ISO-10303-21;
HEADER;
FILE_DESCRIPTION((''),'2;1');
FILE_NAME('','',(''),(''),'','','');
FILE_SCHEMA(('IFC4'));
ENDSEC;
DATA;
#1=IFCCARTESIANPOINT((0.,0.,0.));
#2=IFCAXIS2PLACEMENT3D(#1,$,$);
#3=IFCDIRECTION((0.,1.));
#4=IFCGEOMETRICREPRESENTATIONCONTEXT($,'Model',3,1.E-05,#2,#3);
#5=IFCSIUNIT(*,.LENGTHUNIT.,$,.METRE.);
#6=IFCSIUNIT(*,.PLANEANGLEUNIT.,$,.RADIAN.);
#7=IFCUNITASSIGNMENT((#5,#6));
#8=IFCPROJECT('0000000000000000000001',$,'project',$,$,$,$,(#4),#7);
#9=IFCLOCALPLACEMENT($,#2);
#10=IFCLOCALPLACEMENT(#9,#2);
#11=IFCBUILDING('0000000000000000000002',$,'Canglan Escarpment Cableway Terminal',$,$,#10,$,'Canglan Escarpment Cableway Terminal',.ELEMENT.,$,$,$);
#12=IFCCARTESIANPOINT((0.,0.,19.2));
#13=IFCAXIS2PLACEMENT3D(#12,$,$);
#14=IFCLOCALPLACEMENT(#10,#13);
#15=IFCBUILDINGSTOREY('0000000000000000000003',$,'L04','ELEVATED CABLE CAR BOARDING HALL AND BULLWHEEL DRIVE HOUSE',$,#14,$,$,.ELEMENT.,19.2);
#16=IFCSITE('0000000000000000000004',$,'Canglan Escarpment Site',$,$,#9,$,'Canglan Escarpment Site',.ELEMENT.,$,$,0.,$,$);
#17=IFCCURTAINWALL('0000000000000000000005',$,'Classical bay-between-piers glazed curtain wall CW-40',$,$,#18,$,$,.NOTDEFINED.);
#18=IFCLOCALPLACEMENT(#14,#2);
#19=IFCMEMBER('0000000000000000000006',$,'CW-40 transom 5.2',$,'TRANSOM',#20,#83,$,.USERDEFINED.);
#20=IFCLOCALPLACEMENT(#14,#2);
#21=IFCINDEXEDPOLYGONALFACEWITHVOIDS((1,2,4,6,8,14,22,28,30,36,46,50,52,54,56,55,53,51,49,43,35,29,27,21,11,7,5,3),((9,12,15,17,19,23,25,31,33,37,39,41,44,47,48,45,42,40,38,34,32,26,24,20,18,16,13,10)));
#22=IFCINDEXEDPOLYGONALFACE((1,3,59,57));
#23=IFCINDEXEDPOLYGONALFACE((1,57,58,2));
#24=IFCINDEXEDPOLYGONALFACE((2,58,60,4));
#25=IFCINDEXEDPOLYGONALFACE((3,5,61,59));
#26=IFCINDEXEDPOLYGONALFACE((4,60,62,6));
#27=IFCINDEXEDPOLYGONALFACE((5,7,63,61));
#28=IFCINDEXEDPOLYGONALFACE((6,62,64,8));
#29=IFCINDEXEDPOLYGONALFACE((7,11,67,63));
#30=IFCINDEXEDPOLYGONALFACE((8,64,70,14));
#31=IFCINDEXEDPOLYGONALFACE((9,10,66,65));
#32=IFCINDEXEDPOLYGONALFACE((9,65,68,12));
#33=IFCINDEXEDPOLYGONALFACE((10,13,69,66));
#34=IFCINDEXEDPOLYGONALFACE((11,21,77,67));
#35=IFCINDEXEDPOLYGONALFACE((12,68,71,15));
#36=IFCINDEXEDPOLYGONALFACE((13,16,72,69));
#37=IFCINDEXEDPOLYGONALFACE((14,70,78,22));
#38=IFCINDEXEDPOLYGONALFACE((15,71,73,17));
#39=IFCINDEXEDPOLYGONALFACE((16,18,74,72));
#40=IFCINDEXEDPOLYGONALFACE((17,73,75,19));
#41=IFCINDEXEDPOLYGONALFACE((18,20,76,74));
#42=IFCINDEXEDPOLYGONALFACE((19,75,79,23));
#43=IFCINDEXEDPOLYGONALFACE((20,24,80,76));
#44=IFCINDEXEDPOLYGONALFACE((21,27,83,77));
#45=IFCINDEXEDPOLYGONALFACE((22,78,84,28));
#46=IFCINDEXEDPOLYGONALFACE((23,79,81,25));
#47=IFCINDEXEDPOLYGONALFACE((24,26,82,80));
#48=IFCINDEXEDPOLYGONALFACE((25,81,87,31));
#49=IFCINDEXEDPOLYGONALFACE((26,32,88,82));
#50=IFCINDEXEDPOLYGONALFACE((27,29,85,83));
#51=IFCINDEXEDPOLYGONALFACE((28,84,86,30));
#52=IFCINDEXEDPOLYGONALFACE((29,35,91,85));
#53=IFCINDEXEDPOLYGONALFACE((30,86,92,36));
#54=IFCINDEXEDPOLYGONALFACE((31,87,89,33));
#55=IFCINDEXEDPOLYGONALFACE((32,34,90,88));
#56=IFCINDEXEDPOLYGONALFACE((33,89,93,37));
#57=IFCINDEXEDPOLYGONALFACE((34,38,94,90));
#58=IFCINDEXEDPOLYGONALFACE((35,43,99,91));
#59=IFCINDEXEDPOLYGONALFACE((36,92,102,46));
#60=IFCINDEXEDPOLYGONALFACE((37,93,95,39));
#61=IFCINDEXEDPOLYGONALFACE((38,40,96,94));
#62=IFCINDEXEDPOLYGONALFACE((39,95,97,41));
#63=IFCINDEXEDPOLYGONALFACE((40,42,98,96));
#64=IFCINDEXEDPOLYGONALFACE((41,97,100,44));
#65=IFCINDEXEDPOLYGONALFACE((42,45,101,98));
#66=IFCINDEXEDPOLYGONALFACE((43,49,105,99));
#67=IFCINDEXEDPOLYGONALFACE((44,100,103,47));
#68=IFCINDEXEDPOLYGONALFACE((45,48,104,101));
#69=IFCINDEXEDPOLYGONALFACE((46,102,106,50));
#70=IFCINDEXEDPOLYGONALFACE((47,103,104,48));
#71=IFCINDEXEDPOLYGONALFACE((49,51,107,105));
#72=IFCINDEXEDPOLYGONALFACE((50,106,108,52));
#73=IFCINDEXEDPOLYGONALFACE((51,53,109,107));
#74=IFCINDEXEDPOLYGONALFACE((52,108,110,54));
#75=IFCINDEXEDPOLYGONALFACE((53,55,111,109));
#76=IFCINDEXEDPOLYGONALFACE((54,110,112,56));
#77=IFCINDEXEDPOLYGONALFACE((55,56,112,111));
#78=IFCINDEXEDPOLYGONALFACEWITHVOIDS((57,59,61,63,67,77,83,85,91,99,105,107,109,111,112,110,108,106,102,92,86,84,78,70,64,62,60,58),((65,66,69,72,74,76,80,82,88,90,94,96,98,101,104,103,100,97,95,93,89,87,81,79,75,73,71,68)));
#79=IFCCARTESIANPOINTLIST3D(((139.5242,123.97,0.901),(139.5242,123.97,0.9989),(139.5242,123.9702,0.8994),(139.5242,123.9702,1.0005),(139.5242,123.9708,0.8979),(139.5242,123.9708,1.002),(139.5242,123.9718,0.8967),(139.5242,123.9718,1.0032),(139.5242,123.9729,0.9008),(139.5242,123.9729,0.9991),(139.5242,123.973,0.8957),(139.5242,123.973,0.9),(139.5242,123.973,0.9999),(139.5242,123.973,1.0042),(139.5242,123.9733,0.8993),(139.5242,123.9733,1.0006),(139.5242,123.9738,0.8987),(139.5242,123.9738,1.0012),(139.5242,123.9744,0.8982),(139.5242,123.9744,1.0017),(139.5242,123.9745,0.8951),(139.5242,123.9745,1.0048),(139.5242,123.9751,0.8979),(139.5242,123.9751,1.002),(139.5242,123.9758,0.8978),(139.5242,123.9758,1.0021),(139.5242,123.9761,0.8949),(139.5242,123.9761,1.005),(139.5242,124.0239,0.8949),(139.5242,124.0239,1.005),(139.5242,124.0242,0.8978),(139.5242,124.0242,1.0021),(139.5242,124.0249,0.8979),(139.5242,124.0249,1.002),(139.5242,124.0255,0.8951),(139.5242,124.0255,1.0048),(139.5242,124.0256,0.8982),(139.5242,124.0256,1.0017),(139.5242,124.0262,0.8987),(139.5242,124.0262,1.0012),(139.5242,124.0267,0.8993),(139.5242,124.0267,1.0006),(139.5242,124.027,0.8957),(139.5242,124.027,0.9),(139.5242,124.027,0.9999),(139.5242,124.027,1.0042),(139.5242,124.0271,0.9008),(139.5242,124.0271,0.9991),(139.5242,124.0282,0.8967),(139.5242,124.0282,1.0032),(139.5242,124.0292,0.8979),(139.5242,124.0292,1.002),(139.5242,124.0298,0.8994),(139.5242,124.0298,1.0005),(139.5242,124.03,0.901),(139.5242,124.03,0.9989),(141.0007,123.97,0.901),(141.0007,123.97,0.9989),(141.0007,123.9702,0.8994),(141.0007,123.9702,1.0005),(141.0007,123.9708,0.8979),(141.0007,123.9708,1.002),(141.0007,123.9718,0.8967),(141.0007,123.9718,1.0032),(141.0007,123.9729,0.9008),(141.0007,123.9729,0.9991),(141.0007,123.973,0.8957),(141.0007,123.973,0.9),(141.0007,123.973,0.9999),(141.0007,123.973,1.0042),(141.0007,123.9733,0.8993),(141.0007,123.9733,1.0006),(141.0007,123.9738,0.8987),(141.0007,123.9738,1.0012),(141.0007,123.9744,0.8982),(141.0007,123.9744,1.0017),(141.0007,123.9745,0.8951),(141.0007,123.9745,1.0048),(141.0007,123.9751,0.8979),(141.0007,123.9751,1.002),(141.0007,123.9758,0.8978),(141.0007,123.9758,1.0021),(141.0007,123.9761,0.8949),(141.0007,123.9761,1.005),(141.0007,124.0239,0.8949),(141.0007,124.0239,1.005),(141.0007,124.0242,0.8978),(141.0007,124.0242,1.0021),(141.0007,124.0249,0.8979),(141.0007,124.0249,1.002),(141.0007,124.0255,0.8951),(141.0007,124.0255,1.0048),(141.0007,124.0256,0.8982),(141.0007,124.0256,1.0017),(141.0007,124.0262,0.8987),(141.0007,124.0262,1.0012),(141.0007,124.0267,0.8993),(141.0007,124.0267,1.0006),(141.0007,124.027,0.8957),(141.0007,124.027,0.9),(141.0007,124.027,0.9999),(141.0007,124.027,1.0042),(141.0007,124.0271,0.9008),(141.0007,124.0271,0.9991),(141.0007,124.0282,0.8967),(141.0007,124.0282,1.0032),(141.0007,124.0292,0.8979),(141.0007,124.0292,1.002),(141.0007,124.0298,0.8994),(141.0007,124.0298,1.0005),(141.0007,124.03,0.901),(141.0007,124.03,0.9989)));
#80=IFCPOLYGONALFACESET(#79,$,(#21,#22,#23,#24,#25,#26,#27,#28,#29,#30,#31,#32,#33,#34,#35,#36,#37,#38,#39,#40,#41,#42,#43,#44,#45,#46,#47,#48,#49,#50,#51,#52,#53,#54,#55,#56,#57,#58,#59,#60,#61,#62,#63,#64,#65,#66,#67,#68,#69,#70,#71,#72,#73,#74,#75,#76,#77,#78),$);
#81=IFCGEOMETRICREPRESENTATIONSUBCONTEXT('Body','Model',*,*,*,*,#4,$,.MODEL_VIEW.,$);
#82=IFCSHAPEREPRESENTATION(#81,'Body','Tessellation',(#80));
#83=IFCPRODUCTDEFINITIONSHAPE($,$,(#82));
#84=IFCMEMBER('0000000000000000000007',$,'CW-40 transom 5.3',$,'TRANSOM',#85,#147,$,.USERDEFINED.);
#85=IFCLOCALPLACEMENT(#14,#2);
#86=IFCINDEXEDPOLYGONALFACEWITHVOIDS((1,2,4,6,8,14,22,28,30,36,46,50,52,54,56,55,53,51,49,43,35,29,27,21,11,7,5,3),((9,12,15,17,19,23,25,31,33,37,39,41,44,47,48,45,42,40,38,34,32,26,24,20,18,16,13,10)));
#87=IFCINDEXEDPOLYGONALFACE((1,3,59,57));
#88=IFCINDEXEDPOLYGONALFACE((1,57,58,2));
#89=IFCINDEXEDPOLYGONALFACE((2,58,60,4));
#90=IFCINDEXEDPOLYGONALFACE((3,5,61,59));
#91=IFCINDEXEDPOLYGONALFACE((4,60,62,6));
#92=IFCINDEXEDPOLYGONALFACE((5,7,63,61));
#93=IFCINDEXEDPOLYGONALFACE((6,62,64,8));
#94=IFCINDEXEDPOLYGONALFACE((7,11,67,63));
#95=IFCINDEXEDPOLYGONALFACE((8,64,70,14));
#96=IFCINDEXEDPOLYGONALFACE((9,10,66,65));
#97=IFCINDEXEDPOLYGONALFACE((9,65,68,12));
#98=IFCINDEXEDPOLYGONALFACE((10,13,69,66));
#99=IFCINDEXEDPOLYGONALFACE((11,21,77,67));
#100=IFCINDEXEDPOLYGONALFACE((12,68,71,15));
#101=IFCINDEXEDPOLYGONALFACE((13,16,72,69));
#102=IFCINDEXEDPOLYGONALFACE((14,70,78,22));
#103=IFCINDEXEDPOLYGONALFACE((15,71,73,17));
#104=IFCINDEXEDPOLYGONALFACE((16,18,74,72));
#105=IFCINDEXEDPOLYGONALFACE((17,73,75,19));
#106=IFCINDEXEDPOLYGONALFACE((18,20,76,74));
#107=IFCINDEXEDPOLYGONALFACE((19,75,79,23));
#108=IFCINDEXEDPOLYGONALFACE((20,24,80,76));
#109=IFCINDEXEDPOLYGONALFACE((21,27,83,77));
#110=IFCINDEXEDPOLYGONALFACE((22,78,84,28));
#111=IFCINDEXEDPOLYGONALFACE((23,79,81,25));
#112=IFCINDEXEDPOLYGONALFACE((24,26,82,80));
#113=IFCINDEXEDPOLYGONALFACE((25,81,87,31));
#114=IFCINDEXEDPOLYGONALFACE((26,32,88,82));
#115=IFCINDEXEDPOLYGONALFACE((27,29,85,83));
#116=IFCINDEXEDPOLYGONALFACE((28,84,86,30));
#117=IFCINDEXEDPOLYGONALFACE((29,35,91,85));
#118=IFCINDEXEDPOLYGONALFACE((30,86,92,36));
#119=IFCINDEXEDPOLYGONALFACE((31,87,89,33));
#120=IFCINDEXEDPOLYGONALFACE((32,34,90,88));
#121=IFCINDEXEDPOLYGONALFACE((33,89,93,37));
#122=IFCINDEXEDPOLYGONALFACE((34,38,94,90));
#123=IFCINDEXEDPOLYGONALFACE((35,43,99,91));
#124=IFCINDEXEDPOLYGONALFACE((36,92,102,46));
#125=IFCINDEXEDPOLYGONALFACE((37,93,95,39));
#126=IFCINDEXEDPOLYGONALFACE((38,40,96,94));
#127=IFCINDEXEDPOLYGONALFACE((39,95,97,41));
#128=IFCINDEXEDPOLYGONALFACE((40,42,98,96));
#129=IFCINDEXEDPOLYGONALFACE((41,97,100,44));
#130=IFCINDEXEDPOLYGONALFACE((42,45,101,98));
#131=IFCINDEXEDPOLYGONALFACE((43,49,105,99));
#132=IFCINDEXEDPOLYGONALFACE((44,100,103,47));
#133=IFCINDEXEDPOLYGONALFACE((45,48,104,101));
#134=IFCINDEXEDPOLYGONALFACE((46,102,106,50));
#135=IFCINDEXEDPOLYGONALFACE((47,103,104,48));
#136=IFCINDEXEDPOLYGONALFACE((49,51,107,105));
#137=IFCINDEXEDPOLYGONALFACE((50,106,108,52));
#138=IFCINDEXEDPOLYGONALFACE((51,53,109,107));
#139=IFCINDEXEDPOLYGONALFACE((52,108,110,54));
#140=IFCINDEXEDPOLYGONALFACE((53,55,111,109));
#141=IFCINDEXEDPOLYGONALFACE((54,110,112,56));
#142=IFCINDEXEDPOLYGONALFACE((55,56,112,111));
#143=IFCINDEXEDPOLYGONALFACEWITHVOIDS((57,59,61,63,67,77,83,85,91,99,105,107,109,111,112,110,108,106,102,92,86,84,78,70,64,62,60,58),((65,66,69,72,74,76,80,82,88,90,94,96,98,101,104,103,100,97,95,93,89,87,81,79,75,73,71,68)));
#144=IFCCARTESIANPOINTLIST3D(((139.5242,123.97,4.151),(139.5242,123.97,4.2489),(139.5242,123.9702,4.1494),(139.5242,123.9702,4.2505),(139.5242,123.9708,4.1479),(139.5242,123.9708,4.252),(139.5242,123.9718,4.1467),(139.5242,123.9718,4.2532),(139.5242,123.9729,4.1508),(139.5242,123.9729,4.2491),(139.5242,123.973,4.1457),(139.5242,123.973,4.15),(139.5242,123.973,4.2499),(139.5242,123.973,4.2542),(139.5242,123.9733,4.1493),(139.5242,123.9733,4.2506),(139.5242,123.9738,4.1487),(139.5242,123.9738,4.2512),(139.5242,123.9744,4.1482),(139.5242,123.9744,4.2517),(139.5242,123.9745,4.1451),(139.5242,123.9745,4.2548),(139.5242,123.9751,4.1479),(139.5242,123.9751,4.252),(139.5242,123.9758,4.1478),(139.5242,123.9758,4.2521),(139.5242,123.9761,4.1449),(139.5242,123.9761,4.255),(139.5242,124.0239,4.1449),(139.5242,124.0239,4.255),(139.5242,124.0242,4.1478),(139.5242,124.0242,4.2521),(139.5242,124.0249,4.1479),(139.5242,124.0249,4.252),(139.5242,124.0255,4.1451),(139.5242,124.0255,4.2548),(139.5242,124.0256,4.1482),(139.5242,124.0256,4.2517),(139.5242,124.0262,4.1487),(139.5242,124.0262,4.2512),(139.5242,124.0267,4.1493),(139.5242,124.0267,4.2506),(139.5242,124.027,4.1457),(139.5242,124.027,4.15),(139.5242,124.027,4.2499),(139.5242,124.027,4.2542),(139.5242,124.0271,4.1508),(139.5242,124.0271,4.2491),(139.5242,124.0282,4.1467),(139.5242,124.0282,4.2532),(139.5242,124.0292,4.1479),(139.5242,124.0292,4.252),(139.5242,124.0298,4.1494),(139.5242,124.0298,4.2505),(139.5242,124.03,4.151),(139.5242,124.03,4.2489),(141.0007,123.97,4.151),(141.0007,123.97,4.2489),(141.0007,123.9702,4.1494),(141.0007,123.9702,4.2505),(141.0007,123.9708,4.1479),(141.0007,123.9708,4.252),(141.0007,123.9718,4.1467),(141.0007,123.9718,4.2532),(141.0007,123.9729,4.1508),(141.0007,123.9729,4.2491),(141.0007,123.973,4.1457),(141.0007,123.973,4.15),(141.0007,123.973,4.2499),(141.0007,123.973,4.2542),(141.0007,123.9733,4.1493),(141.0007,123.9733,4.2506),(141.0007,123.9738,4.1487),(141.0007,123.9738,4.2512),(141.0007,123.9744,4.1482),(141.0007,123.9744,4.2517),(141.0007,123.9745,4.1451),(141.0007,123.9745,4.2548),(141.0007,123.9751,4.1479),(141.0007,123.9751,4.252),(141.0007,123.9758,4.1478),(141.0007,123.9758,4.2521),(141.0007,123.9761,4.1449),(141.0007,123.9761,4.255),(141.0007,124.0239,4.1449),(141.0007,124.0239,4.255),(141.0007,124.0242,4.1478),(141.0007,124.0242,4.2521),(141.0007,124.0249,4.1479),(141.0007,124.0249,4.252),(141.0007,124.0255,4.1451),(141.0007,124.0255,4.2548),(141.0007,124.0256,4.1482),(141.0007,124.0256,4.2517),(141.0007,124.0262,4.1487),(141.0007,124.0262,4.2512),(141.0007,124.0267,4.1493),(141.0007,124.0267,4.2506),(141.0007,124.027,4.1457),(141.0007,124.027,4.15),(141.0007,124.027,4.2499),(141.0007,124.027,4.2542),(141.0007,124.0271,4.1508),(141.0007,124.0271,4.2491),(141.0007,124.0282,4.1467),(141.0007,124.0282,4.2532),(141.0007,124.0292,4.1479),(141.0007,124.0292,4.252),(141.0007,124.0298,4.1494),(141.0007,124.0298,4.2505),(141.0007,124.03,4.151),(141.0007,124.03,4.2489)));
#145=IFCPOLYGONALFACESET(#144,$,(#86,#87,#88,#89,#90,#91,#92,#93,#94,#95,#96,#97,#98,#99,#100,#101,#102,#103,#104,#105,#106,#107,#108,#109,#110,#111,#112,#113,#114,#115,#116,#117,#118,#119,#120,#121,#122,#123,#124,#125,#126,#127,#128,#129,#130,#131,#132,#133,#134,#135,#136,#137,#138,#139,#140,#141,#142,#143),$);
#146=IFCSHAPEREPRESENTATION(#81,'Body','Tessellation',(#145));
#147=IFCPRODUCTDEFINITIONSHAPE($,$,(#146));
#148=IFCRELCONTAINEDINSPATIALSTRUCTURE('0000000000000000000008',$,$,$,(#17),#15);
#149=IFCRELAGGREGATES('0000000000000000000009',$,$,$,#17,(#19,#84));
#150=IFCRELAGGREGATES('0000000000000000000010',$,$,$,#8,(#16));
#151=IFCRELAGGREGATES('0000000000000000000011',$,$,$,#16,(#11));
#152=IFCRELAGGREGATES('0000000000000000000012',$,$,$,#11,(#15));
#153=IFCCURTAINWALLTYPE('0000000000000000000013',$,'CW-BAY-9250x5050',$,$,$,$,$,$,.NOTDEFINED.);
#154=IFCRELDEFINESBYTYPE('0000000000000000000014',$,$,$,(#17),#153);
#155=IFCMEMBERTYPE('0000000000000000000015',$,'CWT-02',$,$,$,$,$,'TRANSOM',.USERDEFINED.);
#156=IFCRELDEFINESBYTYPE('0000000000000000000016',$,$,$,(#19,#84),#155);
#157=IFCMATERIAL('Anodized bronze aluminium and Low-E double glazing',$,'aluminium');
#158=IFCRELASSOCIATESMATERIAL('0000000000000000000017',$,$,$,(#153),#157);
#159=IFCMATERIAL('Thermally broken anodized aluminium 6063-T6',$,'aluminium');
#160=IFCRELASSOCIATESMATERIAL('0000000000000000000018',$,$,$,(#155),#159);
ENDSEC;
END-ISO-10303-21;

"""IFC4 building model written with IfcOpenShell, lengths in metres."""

from ifc_helpers import new_model, si_unit, direction, frame, origin, origin_2d, place, context, subcontext, project, spatial, hollow_rectangle, extrude, material, material_profile, profile_set, type_object, element, aggregate, save


model = new_model("IFC4")

# Units and contexts
model_context = context("Model", 3, precision=1e-05, world=origin(), true_north=direction((0.0, 1.0)))
body_context = subcontext(model_context, "Body", "Model", "MODEL_VIEW")
ifc_project = project(units=[si_unit("LENGTHUNIT", "METRE"), si_unit("PLANEANGLEUNIT", "RADIAN")], contexts=[model_context])

# Site, building, storey
site_placement = place(None, origin())
site = spatial("IfcSite", under=ifc_project, at=site_placement, Name="Canglan Escarpment Site", LongName="Canglan Escarpment Site", CompositionType="ELEMENT", RefElevation=0.0)
building_placement = place(site_placement, origin())
building = spatial("IfcBuilding", under=site, at=building_placement, Name="Canglan Escarpment Cableway Terminal", LongName="Canglan Escarpment Cableway Terminal", CompositionType="ELEMENT")
storey_placement = place(building_placement, frame((0.0, 0.0, 19.2)))
storey = spatial("IfcBuildingStorey", under=building, at=storey_placement, Name="L04", Description="ELEVATED CABLE CAR BOARDING HALL AND BULLWHEEL DRIVE HOUSE", CompositionType="ELEMENT", Elevation=19.2)

# Curtain wall
ifc_material_1 = material(Name="Anodized bronze aluminium and Low-E double glazing", Category="aluminium")
curtain_wall_type_1 = type_object("IfcCurtainWallType", Name="CW-BAY-9250x5050", PredefinedType="NOTDEFINED", material=ifc_material_1)
curtain_wall_1_placement = place(storey_placement, origin())
curtain_wall_1 = element("IfcCurtainWall", 1, at=curtain_wall_1_placement, inside=storey, type_object=curtain_wall_type_1, Name="Classical bay-between-piers glazed curtain wall CW-40", PredefinedType="NOTDEFINED")
ifc_material_2 = material(Name="Thermally broken anodized aluminium 6063-T6", Category="aluminium")

# Members
ifc_material_profile_1 = material_profile(ifc_material_2, hollow_rectangle(XDim=0.0601, YDim=0.1101, WallThickness=0.0029, InnerFilletRadius=0.0029, OuterFilletRadius=0.0061, at=origin_2d()), Name="ALU-TRAN 60x110x3")
ifc_profile_set_1 = profile_set([ifc_material_profile_1], Name="Thermally broken anodized aluminium 6063-T6")
member_type_1 = type_object("IfcMemberType", Name="CWT-02", ElementType="TRANSOM", PredefinedType="USERDEFINED", material=ifc_profile_set_1)
member_1_placement = place(storey_placement, frame((141.0007, 124.0, 0.95), z_axis=(-1.0, 0.0, 0.0), x_axis=(0.0, -1.0, 0.0)))
member_1 = element("IfcMember", 2, at=member_1_placement, type_object=member_type_1, Name="CW-40 transom 5.2", ObjectType="TRANSOM", PredefinedType="USERDEFINED", context=body_context, shape_type="SweptSolid", body=[
    extrude(hollow_rectangle(XDim=0.0601, YDim=0.1101, WallThickness=0.0029, InnerFilletRadius=0.0029, OuterFilletRadius=0.0061, at=origin_2d()), origin(), (0.0, 0.0, 1.0), 1.4766),
])
member_2_placement = place(storey_placement, frame((141.0007, 124.0, 4.2), z_axis=(-1.0, 0.0, 0.0), x_axis=(0.0, -1.0, 0.0)))
member_2 = element("IfcMember", 3, at=member_2_placement, type_object=member_type_1, Name="CW-40 transom 5.3", ObjectType="TRANSOM", PredefinedType="USERDEFINED", context=body_context, shape_type="SweptSolid", body=[
    extrude(hollow_rectangle(XDim=0.0601, YDim=0.1101, WallThickness=0.0029, InnerFilletRadius=0.0029, OuterFilletRadius=0.0061, at=origin_2d()), origin(), (0.0, 0.0, 1.0), 1.4766),
])

aggregate(curtain_wall_1, [member_1, member_2])

save(model, "model.ifc")
